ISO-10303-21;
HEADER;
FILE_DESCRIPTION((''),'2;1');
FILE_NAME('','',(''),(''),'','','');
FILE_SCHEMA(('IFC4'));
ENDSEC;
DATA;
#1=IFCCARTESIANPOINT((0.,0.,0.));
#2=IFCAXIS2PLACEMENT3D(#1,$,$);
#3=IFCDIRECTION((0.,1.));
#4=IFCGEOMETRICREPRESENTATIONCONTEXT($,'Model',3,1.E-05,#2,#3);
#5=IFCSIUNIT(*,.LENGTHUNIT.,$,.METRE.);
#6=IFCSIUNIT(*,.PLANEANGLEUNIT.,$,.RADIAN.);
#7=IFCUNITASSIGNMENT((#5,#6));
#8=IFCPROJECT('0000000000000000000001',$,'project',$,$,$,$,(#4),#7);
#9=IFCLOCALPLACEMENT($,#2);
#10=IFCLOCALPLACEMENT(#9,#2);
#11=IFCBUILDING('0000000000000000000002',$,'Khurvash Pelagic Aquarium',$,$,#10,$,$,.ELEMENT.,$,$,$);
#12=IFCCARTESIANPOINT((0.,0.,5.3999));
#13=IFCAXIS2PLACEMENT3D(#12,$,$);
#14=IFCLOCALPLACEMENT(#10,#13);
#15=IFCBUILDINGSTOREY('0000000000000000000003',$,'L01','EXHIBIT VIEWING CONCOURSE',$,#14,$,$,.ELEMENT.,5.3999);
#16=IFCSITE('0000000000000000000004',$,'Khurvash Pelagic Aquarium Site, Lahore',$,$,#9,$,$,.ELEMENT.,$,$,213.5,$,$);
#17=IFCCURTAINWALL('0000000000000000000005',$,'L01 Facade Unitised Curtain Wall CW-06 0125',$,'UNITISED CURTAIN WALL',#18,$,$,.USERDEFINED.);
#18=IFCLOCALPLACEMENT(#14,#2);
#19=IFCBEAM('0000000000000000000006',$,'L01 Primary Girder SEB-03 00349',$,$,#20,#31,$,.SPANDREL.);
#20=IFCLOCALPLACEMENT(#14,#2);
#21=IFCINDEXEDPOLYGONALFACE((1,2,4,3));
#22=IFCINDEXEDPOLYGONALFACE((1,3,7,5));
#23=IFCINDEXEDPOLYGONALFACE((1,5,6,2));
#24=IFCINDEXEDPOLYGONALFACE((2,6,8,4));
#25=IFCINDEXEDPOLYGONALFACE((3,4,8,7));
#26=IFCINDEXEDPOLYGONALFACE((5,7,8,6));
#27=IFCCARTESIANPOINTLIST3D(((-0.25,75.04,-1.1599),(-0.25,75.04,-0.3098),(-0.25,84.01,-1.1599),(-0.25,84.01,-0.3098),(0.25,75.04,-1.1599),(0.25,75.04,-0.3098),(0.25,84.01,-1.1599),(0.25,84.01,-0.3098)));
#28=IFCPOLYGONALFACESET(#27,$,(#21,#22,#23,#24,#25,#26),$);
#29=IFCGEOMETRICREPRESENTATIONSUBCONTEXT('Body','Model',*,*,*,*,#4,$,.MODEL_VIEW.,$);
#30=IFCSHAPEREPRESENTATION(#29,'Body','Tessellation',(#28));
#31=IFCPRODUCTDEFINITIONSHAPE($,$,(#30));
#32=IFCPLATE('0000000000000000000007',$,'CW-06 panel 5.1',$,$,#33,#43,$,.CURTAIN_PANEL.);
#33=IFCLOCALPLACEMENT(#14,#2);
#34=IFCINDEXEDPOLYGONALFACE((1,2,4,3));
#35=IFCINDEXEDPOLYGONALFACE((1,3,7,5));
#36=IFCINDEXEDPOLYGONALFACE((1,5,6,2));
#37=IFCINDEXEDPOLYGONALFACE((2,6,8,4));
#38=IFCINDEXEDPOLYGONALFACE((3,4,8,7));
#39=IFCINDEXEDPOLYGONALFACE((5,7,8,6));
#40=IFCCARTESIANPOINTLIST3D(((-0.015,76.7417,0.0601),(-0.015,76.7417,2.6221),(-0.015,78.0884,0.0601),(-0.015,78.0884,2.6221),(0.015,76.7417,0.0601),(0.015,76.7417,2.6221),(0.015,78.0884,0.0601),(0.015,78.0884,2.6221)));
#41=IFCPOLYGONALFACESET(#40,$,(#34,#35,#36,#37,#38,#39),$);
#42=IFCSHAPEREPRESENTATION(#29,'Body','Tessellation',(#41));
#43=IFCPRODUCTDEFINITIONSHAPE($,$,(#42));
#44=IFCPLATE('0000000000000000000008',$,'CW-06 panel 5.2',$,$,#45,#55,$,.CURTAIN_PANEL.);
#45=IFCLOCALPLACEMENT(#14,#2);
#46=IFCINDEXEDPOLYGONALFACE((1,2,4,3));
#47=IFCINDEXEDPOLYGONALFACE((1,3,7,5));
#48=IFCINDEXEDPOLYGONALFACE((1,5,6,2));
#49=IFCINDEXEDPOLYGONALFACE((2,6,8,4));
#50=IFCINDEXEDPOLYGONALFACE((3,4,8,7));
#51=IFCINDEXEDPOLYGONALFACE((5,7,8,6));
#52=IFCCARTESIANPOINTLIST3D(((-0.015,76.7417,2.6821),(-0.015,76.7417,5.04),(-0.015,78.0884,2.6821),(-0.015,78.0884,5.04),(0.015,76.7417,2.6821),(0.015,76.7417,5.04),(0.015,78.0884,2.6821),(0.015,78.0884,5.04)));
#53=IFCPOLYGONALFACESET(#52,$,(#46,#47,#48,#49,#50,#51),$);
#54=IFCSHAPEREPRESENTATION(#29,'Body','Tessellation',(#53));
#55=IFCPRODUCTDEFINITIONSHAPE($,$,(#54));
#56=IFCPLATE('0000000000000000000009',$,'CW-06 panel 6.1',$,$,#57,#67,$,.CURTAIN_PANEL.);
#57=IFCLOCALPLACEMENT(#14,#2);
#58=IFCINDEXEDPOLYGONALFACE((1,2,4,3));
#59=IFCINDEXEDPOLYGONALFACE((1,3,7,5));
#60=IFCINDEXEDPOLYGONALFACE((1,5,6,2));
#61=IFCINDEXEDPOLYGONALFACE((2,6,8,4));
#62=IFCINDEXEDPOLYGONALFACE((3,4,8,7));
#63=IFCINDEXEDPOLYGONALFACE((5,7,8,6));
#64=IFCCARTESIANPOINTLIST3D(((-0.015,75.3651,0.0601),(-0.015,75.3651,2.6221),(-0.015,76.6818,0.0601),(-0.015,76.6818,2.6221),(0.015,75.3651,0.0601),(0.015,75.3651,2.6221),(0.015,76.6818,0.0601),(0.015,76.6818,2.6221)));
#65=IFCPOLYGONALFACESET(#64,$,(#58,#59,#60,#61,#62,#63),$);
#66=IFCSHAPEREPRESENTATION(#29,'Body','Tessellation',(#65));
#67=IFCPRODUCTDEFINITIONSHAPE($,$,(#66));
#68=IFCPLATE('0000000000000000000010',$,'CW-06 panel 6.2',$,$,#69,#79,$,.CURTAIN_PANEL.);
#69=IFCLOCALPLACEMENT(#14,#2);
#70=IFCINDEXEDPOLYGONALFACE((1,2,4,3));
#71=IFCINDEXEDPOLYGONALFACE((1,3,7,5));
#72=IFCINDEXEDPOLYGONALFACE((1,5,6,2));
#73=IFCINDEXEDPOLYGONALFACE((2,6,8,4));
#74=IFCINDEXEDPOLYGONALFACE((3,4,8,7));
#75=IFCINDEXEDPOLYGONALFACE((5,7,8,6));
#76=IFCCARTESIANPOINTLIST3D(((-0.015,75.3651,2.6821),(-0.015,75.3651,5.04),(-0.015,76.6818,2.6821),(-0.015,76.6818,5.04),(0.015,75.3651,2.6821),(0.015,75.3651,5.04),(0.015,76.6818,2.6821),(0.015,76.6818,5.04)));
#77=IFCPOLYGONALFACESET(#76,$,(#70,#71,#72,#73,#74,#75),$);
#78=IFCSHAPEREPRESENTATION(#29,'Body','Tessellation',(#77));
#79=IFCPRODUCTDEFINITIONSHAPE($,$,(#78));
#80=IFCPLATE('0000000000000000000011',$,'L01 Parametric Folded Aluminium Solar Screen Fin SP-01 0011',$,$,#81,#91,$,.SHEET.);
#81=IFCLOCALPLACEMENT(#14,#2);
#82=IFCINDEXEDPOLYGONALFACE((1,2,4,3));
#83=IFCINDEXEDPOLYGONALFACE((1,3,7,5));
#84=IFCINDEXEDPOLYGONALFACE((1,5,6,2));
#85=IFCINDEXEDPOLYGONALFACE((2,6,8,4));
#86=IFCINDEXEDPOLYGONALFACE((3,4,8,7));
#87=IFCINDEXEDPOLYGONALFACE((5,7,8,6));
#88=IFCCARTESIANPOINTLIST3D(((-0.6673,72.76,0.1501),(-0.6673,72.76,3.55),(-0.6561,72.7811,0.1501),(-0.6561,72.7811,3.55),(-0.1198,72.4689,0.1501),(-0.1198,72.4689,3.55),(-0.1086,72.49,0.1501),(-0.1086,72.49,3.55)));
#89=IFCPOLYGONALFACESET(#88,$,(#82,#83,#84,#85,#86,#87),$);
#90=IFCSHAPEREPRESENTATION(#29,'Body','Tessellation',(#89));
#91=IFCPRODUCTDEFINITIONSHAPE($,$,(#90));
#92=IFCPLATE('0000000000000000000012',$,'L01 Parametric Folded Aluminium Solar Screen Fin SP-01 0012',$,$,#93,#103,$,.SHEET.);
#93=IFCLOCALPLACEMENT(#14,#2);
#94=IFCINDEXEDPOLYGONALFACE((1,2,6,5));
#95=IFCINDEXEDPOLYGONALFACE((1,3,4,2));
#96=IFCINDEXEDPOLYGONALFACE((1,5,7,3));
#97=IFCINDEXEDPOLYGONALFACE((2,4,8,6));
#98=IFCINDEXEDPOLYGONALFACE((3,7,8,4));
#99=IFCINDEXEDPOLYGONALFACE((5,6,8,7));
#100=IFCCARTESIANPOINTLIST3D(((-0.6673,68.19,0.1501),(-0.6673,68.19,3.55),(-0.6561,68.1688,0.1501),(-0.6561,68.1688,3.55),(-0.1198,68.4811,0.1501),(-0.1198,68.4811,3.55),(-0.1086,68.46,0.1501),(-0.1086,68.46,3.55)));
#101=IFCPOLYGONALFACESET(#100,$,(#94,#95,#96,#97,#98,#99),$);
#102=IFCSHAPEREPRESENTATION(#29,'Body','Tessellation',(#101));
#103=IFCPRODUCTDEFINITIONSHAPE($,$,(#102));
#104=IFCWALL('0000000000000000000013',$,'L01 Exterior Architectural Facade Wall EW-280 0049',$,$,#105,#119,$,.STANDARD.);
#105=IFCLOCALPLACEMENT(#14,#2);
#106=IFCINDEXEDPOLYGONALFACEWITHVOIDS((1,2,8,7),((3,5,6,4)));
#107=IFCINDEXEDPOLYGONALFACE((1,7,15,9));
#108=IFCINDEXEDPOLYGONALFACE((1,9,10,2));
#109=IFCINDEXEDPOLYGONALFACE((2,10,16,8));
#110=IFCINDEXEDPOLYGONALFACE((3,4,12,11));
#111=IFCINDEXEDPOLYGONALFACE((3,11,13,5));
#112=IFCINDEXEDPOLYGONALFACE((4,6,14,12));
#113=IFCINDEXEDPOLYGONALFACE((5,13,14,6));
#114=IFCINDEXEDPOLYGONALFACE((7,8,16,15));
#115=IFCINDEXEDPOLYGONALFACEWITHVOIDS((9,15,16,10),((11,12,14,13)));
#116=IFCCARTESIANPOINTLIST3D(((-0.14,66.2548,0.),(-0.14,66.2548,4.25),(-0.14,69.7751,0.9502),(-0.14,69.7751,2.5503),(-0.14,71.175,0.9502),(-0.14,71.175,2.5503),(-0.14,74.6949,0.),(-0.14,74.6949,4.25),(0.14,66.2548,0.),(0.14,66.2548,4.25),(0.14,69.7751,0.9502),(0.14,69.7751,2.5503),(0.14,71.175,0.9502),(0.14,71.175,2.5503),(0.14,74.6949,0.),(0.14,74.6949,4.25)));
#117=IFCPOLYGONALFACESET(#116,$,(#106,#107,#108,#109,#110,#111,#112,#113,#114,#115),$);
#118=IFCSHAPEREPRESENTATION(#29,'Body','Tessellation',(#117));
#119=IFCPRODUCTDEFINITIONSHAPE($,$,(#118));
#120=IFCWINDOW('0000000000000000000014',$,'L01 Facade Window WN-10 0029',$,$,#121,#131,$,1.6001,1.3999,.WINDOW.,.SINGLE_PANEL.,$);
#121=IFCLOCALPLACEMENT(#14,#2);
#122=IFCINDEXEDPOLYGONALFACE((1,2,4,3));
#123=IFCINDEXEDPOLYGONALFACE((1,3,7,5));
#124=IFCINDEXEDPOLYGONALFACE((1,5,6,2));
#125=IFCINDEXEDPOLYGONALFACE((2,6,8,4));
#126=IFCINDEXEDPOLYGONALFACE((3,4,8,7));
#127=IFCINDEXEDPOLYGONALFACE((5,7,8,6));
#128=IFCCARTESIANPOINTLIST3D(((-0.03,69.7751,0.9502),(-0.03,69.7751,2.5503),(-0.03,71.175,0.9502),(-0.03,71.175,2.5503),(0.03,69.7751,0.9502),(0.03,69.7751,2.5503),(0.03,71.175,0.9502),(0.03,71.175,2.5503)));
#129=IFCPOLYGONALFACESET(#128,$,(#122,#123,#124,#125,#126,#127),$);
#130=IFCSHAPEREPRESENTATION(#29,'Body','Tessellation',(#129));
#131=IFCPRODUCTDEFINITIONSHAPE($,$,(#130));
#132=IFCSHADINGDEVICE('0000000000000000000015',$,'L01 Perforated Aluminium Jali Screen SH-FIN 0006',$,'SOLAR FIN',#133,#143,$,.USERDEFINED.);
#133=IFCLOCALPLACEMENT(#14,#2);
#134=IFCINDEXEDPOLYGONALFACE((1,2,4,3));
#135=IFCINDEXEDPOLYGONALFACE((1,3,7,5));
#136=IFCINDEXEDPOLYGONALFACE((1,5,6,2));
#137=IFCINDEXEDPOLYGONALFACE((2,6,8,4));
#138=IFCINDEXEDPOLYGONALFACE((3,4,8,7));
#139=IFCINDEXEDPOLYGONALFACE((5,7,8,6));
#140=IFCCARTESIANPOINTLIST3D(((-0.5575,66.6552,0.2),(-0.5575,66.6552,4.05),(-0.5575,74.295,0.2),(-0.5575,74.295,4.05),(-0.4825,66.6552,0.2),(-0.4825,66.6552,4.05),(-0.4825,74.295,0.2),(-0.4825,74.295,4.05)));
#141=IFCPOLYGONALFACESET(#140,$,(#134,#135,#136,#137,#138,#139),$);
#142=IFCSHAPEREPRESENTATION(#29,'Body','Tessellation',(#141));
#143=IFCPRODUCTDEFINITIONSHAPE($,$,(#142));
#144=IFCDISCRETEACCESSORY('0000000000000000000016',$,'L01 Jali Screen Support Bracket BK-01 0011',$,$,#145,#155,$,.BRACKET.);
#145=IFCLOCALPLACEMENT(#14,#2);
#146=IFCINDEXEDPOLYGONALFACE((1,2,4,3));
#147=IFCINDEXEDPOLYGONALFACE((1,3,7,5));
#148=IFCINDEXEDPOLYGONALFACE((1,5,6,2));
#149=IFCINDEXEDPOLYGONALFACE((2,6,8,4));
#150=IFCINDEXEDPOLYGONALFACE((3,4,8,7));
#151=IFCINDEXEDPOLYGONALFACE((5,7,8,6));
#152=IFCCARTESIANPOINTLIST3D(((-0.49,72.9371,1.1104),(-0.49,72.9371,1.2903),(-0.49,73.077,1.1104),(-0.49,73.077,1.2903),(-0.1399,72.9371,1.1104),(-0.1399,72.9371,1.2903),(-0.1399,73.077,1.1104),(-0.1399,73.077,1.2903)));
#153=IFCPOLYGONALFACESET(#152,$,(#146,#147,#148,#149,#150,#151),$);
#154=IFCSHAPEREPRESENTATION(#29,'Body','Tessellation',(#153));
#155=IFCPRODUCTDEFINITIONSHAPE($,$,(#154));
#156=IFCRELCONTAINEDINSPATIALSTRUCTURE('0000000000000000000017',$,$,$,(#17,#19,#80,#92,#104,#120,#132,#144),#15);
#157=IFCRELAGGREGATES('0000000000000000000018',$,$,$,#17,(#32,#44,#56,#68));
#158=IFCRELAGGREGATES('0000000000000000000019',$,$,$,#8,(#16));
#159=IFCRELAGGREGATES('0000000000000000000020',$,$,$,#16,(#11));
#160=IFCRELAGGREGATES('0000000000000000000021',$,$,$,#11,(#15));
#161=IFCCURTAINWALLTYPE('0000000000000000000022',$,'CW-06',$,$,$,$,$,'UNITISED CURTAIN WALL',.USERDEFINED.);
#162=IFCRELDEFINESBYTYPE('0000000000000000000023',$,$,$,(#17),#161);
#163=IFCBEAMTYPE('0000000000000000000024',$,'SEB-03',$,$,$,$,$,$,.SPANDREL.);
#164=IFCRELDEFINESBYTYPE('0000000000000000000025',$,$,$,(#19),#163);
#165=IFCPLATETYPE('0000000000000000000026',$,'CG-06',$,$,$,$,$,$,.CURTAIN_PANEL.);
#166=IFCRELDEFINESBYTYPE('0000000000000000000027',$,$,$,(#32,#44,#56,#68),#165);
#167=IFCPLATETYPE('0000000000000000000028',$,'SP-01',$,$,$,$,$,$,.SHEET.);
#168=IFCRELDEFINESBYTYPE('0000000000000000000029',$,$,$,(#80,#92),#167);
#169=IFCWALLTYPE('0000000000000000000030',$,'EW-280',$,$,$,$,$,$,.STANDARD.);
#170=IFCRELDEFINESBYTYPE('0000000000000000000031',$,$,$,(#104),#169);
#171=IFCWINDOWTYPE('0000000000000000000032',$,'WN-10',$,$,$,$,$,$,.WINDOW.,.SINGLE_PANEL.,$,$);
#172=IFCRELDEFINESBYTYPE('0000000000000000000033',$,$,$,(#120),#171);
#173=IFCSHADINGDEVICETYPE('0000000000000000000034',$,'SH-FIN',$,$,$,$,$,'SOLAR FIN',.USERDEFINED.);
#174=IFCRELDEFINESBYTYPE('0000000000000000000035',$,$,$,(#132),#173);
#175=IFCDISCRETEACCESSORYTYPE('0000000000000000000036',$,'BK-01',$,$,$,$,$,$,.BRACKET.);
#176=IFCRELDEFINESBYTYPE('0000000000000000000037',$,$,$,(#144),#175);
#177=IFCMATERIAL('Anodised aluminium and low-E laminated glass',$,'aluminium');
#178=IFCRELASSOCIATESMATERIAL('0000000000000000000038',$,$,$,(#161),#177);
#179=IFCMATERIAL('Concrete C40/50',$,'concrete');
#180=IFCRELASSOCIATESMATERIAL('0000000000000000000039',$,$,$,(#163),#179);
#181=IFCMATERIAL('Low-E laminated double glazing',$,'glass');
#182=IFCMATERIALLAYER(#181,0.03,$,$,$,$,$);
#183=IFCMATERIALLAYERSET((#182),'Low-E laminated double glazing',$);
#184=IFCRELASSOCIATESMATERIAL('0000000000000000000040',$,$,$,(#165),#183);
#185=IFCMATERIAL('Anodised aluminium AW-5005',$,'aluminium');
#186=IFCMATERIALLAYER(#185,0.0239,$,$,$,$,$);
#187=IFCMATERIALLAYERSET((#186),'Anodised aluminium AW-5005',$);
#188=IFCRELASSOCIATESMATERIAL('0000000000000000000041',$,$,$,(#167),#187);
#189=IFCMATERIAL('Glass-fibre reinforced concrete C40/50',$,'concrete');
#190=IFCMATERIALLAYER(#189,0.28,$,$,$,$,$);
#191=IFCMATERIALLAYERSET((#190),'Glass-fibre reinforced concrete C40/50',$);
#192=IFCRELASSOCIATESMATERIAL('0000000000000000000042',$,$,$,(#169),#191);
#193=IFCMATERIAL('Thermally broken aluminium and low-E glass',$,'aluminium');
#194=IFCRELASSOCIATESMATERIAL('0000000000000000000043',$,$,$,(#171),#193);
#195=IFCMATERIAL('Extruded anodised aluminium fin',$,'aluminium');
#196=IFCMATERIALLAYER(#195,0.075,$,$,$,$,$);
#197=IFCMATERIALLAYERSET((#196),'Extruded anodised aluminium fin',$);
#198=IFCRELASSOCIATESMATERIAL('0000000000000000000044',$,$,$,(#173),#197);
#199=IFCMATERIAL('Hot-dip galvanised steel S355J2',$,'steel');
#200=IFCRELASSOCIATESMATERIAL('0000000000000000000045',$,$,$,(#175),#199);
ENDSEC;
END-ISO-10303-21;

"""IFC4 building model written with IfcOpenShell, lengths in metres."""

from ifc_helpers import new_model, si_unit, direction, frame, frame_2d, origin, origin_2d, place, context, subcontext, project, spatial, rectangle, extrude, material, layer, layer_set, material_profile, profile_set, type_object, element, fill, aggregate, save


model = new_model("IFC4")

# Units and contexts
model_context = context("Model", 3, precision=1e-05, world=origin(), true_north=direction((0.0, 1.0)))
body_context = subcontext(model_context, "Body", "Model", "MODEL_VIEW")
ifc_project = project(units=[si_unit("LENGTHUNIT", "METRE"), si_unit("PLANEANGLEUNIT", "RADIAN")], contexts=[model_context])

# Site, building, storey
site_placement = place(None, origin())
site = spatial("IfcSite", under=ifc_project, at=site_placement, Name="Khurvash Pelagic Aquarium Site, Lahore", CompositionType="ELEMENT", RefElevation=213.5)
building_placement = place(site_placement, origin())
building = spatial("IfcBuilding", under=site, at=building_placement, Name="Khurvash Pelagic Aquarium", CompositionType="ELEMENT")
storey_placement = place(building_placement, frame((0.0, 0.0, 5.3999)))
storey = spatial("IfcBuildingStorey", under=building, at=storey_placement, Name="L01", Description="EXHIBIT VIEWING CONCOURSE", CompositionType="ELEMENT", Elevation=5.3999)

# Shared definitions
ifc_material_1 = material(Name="Concrete C40/50", Category="concrete")

# Curtain wall
ifc_material_2 = material(Name="Anodised aluminium and low-E laminated glass", Category="aluminium")
curtain_wall_type = type_object("IfcCurtainWallType", Name="CW-06", ElementType="UNITISED CURTAIN WALL", PredefinedType="USERDEFINED", material=ifc_material_2)
curtain_wall_placement = place(storey_placement, origin())
curtain_wall = element("IfcCurtainWall", 1, at=curtain_wall_placement, inside=storey, type_object=curtain_wall_type, Name="L01 Facade Unitised Curtain Wall CW-06 0125", ObjectType="UNITISED CURTAIN WALL", PredefinedType="USERDEFINED")

# Beam
ifc_material_profile_1 = material_profile(ifc_material_1, rectangle(XDim=0.5, YDim=0.8501, at=origin_2d()), Name="RC500X850")
ifc_profile_set_1 = profile_set([ifc_material_profile_1], Name="Concrete C40/50")
beam_type_1 = type_object("IfcBeamType", Name="SEB-03", PredefinedType="SPANDREL", material=ifc_profile_set_1)
beam_1_placement = place(storey_placement, frame((0.0, 75.04, -0.7349), z_axis=(0.0, 1.0, 0.0), x_axis=(-1.0, 0.0, 0.0)))
element("IfcBeam", 2, at=beam_1_placement, inside=storey, type_object=beam_type_1, Name="L01 Primary Girder SEB-03 00349", PredefinedType="SPANDREL", context=body_context, shape_type="SweptSolid", body=[
    extrude(rectangle(XDim=0.5, YDim=0.8501, at=origin_2d()), origin(), (0.0, 0.0, 1.0), 8.97),
])

# Plates
ifc_material_3 = material(Name="Low-E laminated double glazing", Category="glass")
ifc_layer_1 = layer(ifc_material_3, 0.03)
ifc_layer_set_1 = layer_set([ifc_layer_1], Name="Low-E laminated double glazing")
plate_type_1 = type_object("IfcPlateType", Name="CG-06", PredefinedType="CURTAIN_PANEL", material=ifc_layer_set_1)
plate_1_placement = place(storey_placement, frame((0.0, 77.415, 0.0601), z_axis=(0.0, 0.0, 1.0), x_axis=(0.0, -1.0, 0.0)))
plate_1 = element("IfcPlate", 3, at=plate_1_placement, type_object=plate_type_1, Name="CW-06 panel 5.1", PredefinedType="CURTAIN_PANEL", context=body_context, shape_type="SweptSolid", body=[
    extrude(rectangle(XDim=1.3467, YDim=0.03, at=origin_2d()), origin(), (0.0, 0.0, 1.0), 2.562),
])
plate_2_placement = place(storey_placement, frame((0.0, 77.415, 2.6821), z_axis=(0.0, 0.0, 1.0), x_axis=(0.0, -1.0, 0.0)))
plate_2 = element("IfcPlate", 4, at=plate_2_placement, type_object=plate_type_1, Name="CW-06 panel 5.2", PredefinedType="CURTAIN_PANEL", context=body_context, shape_type="SweptSolid", body=[
    extrude(rectangle(XDim=1.3467, YDim=0.03, at=origin_2d()), origin(), (0.0, 0.0, 1.0), 2.3579),
])
plate_3_placement = place(storey_placement, frame((0.0, 76.0234, 0.0601), z_axis=(0.0, 0.0, 1.0), x_axis=(0.0, -1.0, 0.0)))
plate_3 = element("IfcPlate", 5, at=plate_3_placement, type_object=plate_type_1, Name="CW-06 panel 6.1", PredefinedType="CURTAIN_PANEL", context=body_context, shape_type="SweptSolid", body=[
    extrude(rectangle(XDim=1.3167, YDim=0.03, at=origin_2d()), origin(), (0.0, 0.0, 1.0), 2.562),
])
plate_4_placement = place(storey_placement, frame((0.0, 76.0234, 2.6821), z_axis=(0.0, 0.0, 1.0), x_axis=(0.0, -1.0, 0.0)))
plate_4 = element("IfcPlate", 6, at=plate_4_placement, type_object=plate_type_1, Name="CW-06 panel 6.2", PredefinedType="CURTAIN_PANEL", context=body_context, shape_type="SweptSolid", body=[
    extrude(rectangle(XDim=1.3167, YDim=0.03, at=origin_2d()), origin(), (0.0, 0.0, 1.0), 2.3579),
])
aggregate(curtain_wall, [plate_1, plate_2, plate_3, plate_4])

# Plates
ifc_material_4 = material(Name="Anodised aluminium AW-5005", Category="aluminium")
ifc_layer_2 = layer(ifc_material_4, 0.0239)
ifc_layer_set_2 = layer_set([ifc_layer_2], Name="Anodised aluminium AW-5005")
plate_type_2 = type_object("IfcPlateType", Name="SP-01", PredefinedType="SHEET", material=ifc_layer_set_2)
for number, where, z_axis, x_axis, name in (
    (7, (-0.3879, 72.625, 0.1501), (0.0, 0.0, 1.0), (-0.882948, 0.469472, 0.0), "L01 Parametric Folded Aluminium Solar Screen Fin SP-01 0011"),
    (8, (-0.3879, 68.325, 0.1501), (0.0, 0.0, 1.0), (-0.882948, -0.469472, 0.0), "L01 Parametric Folded Aluminium Solar Screen Fin SP-01 0012"),
):
    element("IfcPlate", number, at=place(storey_placement, frame(where, z_axis=z_axis, x_axis=x_axis)), inside=storey, type_object=plate_type_2, Name=name, PredefinedType="SHEET", context=body_context, shape_type="SweptSolid", body=[
        extrude(rectangle(XDim=0.6201, YDim=0.0239, at=origin_2d()), origin(), (0.0, 0.0, 1.0), 3.3999),
    ])

# Wall, opening, window
ifc_material_5 = material(Name="Glass-fibre reinforced concrete C40/50", Category="concrete")
ifc_layer_3 = layer(ifc_material_5, 0.28)
ifc_layer_set_3 = layer_set([ifc_layer_3], Name="Glass-fibre reinforced concrete C40/50")
wall_type = type_object("IfcWallType", Name="EW-280", PredefinedType="STANDARD", material=ifc_layer_set_3)
wall_placement = place(storey_placement, frame((0.0, 74.6951, 0.0), z_axis=(0.0, 0.0, 1.0), x_axis=(0.0, -1.0, 0.0)))
wall = element("IfcWall", 9, at=wall_placement, inside=storey, type_object=wall_type, Name="L01 Exterior Architectural Facade Wall EW-280 0049", PredefinedType="STANDARD", context=body_context, shape_type="SweptSolid", body=[
    extrude(rectangle(XDim=8.4402, YDim=0.28, at=frame_2d((4.2202, 0.0))), origin(), (0.0, 0.0, 1.0), 4.25),
])
opening_placement = place(wall_placement, frame((3.52, 0.0, 0.9502)))
opening = element("IfcOpeningElement", 10, at=opening_placement, cuts=wall, PredefinedType="OPENING", context=body_context, shape_type="SweptSolid", body=[
    extrude(rectangle(XDim=1.3999, YDim=1.6001, at=frame_2d((0.7, 0.8))), frame((0.0, 0.1499, 0.0), z_axis=(0.0, -1.0, 0.0), x_axis=(1.0, 0.0, 0.0)), (0.0, 0.0, 1.0), 0.3),
])
ifc_material_6 = material(Name="Thermally broken aluminium and low-E glass", Category="aluminium")
window_type = type_object("IfcWindowType", Name="WN-10", PartitioningType="SINGLE_PANEL", PredefinedType="WINDOW", material=ifc_material_6)
window_placement = place(opening_placement, origin())
window = element("IfcWindow", 11, at=window_placement, inside=storey, type_object=window_type, Name="L01 Facade Window WN-10 0029", OverallHeight=1.6001, OverallWidth=1.3999, PartitioningType="SINGLE_PANEL", PredefinedType="WINDOW", context=body_context, shape_type="SweptSolid", body=[
    extrude(rectangle(XDim=1.3999, YDim=1.6001, at=frame_2d((0.7, 0.8))), frame((0.0, 0.03, 0.0), z_axis=(0.0, -1.0, 0.0), x_axis=(1.0, 0.0, 0.0)), (0.0, 0.0, 1.0), 0.0601),
])
fill(opening, window)

# Shading device
ifc_material_7 = material(Name="Extruded anodised aluminium fin", Category="aluminium")
ifc_layer_4 = layer(ifc_material_7, 0.075)
ifc_layer_set_4 = layer_set([ifc_layer_4], Name="Extruded anodised aluminium fin")
shading_device_type = type_object("IfcShadingDeviceType", Name="SH-FIN", ElementType="SOLAR FIN", PredefinedType="USERDEFINED", material=ifc_layer_set_4)
shading_device_placement = place(storey_placement, frame((-0.52, 70.4751, 0.2), z_axis=(0.0, 0.0, 1.0), x_axis=(0.0, -1.0, 0.0)))
element("IfcShadingDevice", 12, at=shading_device_placement, inside=storey, type_object=shading_device_type, Name="L01 Perforated Aluminium Jali Screen SH-FIN 0006", ObjectType="SOLAR FIN", PredefinedType="USERDEFINED", context=body_context, shape_type="SweptSolid", body=[
    extrude(rectangle(XDim=7.6399, YDim=0.075, at=origin_2d()), origin(), (0.0, 0.0, 1.0), 3.8501),
])

# Discrete accessory
ifc_material_8 = material(Name="Hot-dip galvanised steel S355J2", Category="steel")
discrete_accessory_type = type_object("IfcDiscreteAccessoryType", Name="BK-01", PredefinedType="BRACKET", material=ifc_material_8)
discrete_accessory_placement = place(storey_placement, frame((-0.3149, 73.0071, 1.1104), z_axis=(0.0, 0.0, 1.0), x_axis=(0.0, -1.0, 0.0)))
element("IfcDiscreteAccessory", 13, at=discrete_accessory_placement, inside=storey, type_object=discrete_accessory_type, Name="L01 Jali Screen Support Bracket BK-01 0011", PredefinedType="BRACKET", context=body_context, shape_type="SweptSolid", body=[
    extrude(rectangle(XDim=0.1399, YDim=0.3501, at=origin_2d()), origin(), (0.0, 0.0, 1.0), 0.1799),
])

save(model, "model.ifc")
